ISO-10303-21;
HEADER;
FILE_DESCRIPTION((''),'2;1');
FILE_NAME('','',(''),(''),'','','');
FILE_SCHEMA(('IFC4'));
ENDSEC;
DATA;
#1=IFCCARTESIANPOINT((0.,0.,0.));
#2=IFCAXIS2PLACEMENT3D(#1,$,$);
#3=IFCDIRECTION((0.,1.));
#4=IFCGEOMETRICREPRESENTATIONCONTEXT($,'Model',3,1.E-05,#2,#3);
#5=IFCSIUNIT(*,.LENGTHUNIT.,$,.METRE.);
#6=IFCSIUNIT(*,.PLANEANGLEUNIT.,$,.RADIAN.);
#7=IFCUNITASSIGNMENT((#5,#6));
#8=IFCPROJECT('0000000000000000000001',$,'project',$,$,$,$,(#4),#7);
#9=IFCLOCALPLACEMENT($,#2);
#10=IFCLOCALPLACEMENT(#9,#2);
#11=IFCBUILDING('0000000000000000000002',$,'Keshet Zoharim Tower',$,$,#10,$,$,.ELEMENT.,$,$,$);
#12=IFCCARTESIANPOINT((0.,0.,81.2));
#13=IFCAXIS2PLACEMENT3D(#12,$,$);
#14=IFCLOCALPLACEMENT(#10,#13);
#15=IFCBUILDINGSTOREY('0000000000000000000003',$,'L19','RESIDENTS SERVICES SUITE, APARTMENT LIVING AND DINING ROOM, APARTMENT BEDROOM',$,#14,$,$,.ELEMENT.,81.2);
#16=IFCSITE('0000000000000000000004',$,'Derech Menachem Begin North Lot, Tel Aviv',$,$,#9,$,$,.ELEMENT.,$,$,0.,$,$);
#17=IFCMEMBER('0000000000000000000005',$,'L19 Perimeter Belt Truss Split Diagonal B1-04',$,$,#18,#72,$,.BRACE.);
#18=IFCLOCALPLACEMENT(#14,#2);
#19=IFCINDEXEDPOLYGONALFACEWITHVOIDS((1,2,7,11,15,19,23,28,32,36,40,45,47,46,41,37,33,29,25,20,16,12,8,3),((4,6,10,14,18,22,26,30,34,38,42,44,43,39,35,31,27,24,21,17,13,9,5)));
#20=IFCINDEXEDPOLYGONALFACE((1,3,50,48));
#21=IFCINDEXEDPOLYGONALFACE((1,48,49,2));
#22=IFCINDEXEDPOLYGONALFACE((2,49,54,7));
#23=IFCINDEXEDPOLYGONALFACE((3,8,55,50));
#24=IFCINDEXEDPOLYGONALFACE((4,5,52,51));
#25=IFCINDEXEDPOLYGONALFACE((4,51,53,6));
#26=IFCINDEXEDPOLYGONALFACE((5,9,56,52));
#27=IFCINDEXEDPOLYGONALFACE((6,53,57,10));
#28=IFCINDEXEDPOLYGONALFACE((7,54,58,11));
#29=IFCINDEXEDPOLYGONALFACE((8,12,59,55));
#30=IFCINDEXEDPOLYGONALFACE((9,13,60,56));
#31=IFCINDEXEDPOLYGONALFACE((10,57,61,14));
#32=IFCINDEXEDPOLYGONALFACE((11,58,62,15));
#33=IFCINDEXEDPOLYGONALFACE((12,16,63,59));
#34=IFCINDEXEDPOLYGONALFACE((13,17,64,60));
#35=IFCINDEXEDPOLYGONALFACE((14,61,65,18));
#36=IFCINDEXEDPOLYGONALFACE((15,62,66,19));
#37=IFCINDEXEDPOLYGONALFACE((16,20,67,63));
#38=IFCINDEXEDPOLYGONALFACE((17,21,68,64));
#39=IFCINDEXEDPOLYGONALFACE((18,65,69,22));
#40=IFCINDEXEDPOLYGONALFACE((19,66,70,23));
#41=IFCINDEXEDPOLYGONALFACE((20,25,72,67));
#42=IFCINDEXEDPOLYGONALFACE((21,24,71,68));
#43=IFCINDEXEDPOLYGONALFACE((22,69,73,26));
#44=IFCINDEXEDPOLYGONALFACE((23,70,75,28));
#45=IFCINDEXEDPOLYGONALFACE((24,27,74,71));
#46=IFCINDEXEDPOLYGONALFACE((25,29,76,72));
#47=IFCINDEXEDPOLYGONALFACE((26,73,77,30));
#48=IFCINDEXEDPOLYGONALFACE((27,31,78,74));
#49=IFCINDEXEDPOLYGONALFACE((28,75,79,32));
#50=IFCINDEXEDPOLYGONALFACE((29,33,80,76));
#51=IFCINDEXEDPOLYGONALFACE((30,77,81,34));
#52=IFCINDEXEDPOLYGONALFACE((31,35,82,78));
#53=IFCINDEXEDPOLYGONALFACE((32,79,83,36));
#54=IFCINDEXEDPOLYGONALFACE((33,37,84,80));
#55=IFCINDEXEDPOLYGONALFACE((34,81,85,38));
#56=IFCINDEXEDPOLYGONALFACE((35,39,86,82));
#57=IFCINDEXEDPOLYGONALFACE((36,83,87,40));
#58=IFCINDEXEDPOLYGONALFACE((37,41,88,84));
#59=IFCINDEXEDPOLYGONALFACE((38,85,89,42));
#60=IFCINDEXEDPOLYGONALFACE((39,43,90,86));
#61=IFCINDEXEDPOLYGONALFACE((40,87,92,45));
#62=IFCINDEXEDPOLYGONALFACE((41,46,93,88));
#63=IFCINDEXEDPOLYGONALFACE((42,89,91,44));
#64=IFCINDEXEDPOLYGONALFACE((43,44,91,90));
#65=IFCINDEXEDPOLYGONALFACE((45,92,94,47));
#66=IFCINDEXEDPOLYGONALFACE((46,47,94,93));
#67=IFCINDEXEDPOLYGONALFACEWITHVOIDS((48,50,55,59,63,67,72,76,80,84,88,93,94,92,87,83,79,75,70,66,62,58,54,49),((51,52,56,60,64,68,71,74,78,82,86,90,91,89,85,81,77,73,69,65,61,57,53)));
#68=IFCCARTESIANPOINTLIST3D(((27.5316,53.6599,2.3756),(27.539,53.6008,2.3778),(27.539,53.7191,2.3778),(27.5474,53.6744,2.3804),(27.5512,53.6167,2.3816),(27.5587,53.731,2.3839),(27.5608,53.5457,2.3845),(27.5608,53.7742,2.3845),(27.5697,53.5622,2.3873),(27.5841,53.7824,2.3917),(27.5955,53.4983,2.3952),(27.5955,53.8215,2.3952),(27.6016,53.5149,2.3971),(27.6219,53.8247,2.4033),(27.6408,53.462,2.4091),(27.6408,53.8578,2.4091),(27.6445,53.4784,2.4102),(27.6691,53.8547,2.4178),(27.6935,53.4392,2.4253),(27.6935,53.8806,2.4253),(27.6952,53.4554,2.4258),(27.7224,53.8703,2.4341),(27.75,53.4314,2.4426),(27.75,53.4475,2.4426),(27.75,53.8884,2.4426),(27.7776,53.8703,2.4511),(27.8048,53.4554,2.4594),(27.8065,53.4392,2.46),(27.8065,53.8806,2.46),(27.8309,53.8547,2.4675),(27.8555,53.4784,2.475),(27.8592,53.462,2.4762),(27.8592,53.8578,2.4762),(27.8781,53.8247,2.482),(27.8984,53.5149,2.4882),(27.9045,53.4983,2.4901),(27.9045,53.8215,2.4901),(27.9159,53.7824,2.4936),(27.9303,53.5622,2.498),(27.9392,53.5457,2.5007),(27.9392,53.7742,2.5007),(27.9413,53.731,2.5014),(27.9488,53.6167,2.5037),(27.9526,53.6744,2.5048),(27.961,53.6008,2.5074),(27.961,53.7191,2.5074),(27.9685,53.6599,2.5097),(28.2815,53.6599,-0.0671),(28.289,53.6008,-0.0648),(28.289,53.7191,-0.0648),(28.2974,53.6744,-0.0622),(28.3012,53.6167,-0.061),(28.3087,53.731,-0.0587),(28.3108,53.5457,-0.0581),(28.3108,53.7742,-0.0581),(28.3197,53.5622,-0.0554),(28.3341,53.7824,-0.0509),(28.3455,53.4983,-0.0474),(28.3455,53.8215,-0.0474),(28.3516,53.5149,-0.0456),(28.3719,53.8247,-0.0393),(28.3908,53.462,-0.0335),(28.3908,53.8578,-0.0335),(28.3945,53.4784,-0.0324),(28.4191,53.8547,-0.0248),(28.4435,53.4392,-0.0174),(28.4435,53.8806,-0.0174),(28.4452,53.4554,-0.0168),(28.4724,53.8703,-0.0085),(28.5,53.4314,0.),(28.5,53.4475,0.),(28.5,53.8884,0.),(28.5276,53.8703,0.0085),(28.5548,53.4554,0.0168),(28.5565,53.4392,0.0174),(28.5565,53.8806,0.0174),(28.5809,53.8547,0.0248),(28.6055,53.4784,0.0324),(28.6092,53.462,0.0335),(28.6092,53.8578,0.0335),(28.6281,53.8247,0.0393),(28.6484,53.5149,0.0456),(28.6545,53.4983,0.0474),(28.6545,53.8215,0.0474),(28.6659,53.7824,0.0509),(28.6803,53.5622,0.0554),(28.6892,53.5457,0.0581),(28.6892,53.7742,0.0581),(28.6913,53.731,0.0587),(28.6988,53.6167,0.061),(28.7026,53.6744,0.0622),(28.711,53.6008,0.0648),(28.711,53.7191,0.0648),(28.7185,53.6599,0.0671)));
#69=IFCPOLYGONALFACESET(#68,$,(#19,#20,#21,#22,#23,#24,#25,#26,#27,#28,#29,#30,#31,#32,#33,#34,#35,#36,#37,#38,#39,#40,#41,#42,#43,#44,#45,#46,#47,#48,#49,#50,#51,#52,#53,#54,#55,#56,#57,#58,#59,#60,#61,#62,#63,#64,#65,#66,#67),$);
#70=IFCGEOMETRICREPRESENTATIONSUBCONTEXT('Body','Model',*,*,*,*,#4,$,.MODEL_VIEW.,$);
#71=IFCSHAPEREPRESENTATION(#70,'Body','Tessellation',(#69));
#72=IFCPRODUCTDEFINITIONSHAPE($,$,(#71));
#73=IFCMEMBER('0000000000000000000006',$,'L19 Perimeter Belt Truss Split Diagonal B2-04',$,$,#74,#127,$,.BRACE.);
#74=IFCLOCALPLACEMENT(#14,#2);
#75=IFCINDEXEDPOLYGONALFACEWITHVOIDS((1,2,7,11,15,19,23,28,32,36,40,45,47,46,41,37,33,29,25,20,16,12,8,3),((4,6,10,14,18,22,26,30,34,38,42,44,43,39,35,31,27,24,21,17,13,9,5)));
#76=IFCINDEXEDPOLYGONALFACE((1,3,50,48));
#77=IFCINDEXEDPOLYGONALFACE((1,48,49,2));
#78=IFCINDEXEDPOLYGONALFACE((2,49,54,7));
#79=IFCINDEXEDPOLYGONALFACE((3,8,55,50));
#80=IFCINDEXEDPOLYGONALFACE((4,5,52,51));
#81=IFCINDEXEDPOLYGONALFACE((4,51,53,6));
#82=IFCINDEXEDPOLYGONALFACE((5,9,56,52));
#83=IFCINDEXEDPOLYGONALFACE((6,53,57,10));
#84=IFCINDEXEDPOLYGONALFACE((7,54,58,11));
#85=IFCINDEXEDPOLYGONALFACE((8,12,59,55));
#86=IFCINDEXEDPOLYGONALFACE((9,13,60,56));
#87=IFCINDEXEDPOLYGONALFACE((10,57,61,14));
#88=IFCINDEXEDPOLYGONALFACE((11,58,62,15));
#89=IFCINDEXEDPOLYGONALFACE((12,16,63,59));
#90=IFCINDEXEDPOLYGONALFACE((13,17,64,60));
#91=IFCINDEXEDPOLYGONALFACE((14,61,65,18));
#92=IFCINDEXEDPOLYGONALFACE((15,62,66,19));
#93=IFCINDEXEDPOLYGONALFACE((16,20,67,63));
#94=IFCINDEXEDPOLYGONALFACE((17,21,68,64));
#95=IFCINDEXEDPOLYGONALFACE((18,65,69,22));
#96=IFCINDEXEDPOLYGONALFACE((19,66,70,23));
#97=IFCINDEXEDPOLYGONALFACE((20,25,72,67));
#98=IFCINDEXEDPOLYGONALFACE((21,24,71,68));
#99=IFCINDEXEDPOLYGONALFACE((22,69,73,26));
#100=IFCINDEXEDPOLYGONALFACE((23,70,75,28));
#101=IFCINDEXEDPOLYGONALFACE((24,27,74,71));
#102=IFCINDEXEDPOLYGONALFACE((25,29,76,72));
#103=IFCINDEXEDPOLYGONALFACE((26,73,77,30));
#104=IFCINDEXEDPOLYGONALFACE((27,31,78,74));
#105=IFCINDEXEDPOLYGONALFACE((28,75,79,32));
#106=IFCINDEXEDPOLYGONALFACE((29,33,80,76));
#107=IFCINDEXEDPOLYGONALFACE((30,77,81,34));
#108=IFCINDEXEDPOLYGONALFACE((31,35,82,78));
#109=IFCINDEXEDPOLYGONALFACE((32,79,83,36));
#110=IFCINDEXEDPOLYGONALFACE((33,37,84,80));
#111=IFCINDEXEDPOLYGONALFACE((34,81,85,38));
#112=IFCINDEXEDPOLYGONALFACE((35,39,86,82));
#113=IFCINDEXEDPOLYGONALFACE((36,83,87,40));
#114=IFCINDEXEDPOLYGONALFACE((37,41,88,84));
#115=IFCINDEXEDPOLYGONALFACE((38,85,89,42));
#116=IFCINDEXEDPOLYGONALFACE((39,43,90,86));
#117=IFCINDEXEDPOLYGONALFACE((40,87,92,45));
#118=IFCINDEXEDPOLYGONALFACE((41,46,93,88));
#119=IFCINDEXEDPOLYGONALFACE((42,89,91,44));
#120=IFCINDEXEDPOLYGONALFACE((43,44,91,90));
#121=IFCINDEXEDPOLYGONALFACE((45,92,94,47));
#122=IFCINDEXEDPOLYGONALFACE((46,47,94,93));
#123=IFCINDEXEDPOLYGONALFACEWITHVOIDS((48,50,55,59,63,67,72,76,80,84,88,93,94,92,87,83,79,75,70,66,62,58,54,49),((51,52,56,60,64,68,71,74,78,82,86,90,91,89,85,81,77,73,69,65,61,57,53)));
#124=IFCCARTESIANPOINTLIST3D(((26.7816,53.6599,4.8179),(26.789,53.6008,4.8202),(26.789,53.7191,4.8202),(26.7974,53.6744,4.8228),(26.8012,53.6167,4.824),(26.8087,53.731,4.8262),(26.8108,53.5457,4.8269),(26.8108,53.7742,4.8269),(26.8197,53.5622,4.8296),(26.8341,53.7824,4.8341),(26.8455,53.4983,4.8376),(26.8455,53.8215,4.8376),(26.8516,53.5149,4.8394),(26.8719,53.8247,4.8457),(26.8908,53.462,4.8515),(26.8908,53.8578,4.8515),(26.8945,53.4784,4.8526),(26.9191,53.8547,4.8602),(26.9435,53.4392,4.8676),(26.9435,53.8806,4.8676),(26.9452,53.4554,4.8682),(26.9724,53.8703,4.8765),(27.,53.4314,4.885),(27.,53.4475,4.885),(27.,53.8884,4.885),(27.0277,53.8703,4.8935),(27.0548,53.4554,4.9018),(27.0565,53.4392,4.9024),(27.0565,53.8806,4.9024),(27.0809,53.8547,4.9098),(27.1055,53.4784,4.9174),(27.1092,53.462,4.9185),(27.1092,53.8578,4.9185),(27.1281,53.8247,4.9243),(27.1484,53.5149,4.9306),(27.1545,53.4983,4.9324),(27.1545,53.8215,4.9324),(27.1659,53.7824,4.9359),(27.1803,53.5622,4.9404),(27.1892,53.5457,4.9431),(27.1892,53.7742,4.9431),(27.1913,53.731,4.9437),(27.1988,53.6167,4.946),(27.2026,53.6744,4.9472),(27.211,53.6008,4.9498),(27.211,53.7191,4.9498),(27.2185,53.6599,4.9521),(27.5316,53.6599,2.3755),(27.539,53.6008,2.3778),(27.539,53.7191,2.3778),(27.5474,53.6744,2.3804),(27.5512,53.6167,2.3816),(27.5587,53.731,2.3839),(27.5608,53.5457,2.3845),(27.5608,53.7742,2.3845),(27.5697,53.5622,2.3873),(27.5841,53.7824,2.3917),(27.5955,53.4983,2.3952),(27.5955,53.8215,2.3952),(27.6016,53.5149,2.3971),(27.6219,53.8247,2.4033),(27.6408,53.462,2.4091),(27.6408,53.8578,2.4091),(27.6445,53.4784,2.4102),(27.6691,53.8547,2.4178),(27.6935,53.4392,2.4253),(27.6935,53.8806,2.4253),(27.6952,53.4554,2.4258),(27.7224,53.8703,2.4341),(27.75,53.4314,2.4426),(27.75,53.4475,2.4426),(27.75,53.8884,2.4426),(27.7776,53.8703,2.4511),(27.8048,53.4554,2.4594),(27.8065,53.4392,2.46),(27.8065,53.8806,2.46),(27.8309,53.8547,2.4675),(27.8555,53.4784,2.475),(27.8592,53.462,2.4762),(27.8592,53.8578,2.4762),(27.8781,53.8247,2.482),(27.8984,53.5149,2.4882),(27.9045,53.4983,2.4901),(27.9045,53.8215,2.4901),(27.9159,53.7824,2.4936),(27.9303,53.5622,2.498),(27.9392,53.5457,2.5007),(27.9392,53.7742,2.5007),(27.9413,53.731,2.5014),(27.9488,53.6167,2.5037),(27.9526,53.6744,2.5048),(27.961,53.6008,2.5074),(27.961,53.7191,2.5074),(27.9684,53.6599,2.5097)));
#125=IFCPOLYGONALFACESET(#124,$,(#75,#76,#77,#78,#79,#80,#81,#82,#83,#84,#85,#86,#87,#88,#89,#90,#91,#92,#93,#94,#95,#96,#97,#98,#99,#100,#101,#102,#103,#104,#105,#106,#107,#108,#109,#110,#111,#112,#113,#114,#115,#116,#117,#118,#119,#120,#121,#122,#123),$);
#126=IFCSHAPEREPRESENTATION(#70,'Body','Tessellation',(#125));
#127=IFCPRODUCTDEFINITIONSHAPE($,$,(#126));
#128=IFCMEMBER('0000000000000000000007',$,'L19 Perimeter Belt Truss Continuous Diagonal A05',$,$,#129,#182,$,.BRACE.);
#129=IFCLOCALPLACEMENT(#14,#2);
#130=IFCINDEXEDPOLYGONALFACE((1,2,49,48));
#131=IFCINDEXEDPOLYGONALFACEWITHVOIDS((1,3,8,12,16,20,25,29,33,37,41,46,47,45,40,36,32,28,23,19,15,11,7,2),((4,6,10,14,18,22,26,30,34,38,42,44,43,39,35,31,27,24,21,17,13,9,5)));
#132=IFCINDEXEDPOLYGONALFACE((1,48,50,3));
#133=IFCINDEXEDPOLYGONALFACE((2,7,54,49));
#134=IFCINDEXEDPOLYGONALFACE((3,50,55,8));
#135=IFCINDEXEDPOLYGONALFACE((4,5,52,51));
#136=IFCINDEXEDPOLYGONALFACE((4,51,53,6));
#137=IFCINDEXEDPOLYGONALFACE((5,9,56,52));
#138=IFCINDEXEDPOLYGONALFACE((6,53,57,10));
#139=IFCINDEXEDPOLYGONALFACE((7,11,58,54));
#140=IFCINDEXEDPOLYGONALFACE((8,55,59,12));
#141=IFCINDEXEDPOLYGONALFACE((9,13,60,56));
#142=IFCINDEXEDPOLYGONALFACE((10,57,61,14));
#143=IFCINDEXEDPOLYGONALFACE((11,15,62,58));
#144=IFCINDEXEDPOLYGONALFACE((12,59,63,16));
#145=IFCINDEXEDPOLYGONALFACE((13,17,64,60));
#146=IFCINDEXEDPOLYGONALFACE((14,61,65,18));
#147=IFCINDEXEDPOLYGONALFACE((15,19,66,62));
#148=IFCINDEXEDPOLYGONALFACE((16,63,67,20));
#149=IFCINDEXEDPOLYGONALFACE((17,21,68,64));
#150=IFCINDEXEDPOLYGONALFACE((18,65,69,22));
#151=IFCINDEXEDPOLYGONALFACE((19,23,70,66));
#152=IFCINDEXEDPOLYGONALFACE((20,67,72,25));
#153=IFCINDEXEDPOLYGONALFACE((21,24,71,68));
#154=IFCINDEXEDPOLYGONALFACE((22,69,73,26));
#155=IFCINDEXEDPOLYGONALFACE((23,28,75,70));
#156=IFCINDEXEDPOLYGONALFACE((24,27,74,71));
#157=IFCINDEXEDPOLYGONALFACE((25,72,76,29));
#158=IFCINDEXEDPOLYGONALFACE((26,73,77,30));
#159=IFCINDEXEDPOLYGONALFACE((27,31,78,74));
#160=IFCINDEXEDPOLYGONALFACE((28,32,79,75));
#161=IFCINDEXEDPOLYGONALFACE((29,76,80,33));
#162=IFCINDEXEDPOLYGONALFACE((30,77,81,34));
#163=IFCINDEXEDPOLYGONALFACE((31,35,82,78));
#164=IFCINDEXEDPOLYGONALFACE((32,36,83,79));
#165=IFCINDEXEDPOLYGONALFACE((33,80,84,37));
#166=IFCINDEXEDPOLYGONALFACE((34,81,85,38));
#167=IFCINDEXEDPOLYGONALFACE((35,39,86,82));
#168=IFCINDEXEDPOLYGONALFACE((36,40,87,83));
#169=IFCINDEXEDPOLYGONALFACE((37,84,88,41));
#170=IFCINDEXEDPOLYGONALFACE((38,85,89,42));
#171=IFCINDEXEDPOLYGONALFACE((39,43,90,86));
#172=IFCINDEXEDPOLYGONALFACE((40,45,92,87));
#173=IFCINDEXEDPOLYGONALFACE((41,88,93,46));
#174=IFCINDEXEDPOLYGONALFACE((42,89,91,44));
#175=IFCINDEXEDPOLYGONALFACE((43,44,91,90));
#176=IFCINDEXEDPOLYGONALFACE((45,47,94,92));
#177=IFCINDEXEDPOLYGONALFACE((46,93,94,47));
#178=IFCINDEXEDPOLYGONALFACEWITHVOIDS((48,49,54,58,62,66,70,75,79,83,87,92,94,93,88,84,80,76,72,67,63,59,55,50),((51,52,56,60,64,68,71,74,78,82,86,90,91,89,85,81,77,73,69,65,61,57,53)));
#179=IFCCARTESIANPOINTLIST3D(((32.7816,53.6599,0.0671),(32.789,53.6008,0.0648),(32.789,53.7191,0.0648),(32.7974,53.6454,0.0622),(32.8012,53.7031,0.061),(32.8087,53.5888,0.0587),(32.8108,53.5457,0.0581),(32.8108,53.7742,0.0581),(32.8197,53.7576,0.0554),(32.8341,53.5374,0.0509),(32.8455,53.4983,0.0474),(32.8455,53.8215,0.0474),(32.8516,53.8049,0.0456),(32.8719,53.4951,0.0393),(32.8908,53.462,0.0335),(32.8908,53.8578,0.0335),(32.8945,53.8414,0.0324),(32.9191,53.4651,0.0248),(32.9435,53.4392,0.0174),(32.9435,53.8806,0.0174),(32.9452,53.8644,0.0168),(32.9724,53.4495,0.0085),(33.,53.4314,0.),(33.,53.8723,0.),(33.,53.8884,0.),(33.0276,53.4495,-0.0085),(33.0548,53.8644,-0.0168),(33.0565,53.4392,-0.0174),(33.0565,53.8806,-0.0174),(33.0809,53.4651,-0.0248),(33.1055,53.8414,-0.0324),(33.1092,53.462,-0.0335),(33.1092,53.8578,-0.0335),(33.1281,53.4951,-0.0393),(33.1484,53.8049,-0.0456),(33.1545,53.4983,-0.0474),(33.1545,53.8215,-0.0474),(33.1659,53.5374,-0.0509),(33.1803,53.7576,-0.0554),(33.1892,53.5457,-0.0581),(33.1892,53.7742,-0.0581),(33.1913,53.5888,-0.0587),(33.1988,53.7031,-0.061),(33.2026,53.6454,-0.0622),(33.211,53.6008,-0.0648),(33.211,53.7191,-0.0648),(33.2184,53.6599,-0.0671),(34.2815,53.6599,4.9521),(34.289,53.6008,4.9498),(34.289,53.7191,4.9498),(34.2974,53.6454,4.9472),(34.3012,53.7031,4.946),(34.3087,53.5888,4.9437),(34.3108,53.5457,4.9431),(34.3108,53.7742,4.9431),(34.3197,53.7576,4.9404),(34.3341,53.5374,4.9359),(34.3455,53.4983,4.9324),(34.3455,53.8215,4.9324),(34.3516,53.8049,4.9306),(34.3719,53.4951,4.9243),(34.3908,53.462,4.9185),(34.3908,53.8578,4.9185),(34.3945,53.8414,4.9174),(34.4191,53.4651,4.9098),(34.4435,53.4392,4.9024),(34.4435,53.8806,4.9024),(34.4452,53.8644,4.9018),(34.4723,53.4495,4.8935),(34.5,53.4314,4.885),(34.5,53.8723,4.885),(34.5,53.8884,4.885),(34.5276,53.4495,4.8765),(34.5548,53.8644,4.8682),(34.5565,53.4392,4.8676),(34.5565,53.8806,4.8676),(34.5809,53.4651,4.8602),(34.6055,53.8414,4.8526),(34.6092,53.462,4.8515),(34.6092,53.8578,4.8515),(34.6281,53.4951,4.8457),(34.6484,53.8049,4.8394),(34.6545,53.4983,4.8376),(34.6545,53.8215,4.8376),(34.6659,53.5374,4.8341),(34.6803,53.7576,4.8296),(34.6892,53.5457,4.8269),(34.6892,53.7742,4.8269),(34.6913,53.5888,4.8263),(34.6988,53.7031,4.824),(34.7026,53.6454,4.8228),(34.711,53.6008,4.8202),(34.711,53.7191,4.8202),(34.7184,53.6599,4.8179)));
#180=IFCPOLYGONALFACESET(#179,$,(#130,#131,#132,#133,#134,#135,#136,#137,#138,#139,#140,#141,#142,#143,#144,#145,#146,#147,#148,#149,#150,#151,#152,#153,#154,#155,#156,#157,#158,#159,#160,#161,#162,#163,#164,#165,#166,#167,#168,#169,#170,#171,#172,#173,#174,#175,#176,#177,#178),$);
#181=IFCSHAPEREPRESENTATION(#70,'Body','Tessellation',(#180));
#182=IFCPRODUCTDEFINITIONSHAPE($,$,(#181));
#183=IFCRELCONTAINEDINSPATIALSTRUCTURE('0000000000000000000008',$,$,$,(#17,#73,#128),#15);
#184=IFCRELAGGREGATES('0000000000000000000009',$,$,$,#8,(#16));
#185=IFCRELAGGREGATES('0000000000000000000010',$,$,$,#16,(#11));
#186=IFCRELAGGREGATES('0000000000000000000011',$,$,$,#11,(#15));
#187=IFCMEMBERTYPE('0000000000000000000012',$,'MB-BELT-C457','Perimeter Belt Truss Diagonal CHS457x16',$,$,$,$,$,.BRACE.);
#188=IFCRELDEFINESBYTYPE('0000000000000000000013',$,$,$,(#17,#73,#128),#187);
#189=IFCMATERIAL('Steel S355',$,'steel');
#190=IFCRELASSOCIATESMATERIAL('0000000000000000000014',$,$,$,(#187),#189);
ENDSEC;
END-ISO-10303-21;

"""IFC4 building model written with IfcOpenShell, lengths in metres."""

from ifc_helpers import new_model, si_unit, direction, frame, origin, origin_2d, place, context, subcontext, project, spatial, hollow_circle, extrude, material, material_profile, profile_set, type_object, element, save


model = new_model("IFC4")

# Units and contexts
model_context = context("Model", 3, precision=1e-05, world=origin(), true_north=direction((0.0, 1.0)))
body_context = subcontext(model_context, "Body", "Model", "MODEL_VIEW")
ifc_project = project(units=[si_unit("LENGTHUNIT", "METRE"), si_unit("PLANEANGLEUNIT", "RADIAN")], contexts=[model_context])

# Site, building, storey
site_placement = place(None, origin())
site = spatial("IfcSite", under=ifc_project, at=site_placement, Name="Derech Menachem Begin North Lot, Tel Aviv", CompositionType="ELEMENT", RefElevation=0.0)
building_placement = place(site_placement, origin())
building = spatial("IfcBuilding", under=site, at=building_placement, Name="Keshet Zoharim Tower", CompositionType="ELEMENT")
storey_placement = place(building_placement, frame((0.0, 0.0, 81.2)))
storey = spatial("IfcBuildingStorey", under=building, at=storey_placement, Name="L19", Description="RESIDENTS SERVICES SUITE, APARTMENT LIVING AND DINING ROOM, APARTMENT BEDROOM", CompositionType="ELEMENT", Elevation=81.2)

# Shared definitions
ifc_material_1 = material(Name="Steel S355", Category="steel")

# Members
ifc_material_profile_1 = material_profile(ifc_material_1, hollow_circle(Radius=0.2285, WallThickness=0.0161, at=origin_2d()), Name="CHS457x16")
ifc_profile_set_1 = profile_set([ifc_material_profile_1], Name="Steel S355")
member_type_1 = type_object("IfcMemberType", Name="MB-BELT-C457", Description="Perimeter Belt Truss Diagonal CHS457x16", PredefinedType="BRACE", material=ifc_profile_set_1)
member_1_placement = place(storey_placement, frame((28.5, 53.6599, 0.0), z_axis=(-0.293522, 0.0, 0.955952), x_axis=(0.0, -1.0, 0.0)))
element("IfcMember", 1, at=member_1_placement, inside=storey, type_object=member_type_1, Name="L19 Perimeter Belt Truss Split Diagonal B1-04", PredefinedType="BRACE", context=body_context, shape_type="SweptSolid", body=[
    extrude(hollow_circle(Radius=0.2285, WallThickness=0.0161, at=origin_2d()), origin(), (0.0, 0.0, 1.0), 2.5552),
])
member_2_placement = place(storey_placement, frame((27.75, 53.6599, 2.4426), z_axis=(-0.293549, 0.0, 0.955944), x_axis=(0.0, -1.0, 0.0)))
element("IfcMember", 2, at=member_2_placement, inside=storey, type_object=member_type_1, Name="L19 Perimeter Belt Truss Split Diagonal B2-04", PredefinedType="BRACE", context=body_context, shape_type="SweptSolid", body=[
    extrude(hollow_circle(Radius=0.2285, WallThickness=0.0161, at=origin_2d()), origin(), (0.0, 0.0, 1.0), 2.5549),
])
member_3_placement = place(storey_placement, frame((33.0, 53.6599, 0.0), z_axis=(0.293535, 0.0, 0.955948), x_axis=(0.0, 1.0, 0.0)))
element("IfcMember", 3, at=member_3_placement, inside=storey, type_object=member_type_1, Name="L19 Perimeter Belt Truss Continuous Diagonal A05", PredefinedType="BRACE", context=body_context, shape_type="SweptSolid", body=[
    extrude(hollow_circle(Radius=0.2285, WallThickness=0.0161, at=origin_2d()), origin(), (0.0, 0.0, 1.0), 5.1101),
])

save(model, "model.ifc")
